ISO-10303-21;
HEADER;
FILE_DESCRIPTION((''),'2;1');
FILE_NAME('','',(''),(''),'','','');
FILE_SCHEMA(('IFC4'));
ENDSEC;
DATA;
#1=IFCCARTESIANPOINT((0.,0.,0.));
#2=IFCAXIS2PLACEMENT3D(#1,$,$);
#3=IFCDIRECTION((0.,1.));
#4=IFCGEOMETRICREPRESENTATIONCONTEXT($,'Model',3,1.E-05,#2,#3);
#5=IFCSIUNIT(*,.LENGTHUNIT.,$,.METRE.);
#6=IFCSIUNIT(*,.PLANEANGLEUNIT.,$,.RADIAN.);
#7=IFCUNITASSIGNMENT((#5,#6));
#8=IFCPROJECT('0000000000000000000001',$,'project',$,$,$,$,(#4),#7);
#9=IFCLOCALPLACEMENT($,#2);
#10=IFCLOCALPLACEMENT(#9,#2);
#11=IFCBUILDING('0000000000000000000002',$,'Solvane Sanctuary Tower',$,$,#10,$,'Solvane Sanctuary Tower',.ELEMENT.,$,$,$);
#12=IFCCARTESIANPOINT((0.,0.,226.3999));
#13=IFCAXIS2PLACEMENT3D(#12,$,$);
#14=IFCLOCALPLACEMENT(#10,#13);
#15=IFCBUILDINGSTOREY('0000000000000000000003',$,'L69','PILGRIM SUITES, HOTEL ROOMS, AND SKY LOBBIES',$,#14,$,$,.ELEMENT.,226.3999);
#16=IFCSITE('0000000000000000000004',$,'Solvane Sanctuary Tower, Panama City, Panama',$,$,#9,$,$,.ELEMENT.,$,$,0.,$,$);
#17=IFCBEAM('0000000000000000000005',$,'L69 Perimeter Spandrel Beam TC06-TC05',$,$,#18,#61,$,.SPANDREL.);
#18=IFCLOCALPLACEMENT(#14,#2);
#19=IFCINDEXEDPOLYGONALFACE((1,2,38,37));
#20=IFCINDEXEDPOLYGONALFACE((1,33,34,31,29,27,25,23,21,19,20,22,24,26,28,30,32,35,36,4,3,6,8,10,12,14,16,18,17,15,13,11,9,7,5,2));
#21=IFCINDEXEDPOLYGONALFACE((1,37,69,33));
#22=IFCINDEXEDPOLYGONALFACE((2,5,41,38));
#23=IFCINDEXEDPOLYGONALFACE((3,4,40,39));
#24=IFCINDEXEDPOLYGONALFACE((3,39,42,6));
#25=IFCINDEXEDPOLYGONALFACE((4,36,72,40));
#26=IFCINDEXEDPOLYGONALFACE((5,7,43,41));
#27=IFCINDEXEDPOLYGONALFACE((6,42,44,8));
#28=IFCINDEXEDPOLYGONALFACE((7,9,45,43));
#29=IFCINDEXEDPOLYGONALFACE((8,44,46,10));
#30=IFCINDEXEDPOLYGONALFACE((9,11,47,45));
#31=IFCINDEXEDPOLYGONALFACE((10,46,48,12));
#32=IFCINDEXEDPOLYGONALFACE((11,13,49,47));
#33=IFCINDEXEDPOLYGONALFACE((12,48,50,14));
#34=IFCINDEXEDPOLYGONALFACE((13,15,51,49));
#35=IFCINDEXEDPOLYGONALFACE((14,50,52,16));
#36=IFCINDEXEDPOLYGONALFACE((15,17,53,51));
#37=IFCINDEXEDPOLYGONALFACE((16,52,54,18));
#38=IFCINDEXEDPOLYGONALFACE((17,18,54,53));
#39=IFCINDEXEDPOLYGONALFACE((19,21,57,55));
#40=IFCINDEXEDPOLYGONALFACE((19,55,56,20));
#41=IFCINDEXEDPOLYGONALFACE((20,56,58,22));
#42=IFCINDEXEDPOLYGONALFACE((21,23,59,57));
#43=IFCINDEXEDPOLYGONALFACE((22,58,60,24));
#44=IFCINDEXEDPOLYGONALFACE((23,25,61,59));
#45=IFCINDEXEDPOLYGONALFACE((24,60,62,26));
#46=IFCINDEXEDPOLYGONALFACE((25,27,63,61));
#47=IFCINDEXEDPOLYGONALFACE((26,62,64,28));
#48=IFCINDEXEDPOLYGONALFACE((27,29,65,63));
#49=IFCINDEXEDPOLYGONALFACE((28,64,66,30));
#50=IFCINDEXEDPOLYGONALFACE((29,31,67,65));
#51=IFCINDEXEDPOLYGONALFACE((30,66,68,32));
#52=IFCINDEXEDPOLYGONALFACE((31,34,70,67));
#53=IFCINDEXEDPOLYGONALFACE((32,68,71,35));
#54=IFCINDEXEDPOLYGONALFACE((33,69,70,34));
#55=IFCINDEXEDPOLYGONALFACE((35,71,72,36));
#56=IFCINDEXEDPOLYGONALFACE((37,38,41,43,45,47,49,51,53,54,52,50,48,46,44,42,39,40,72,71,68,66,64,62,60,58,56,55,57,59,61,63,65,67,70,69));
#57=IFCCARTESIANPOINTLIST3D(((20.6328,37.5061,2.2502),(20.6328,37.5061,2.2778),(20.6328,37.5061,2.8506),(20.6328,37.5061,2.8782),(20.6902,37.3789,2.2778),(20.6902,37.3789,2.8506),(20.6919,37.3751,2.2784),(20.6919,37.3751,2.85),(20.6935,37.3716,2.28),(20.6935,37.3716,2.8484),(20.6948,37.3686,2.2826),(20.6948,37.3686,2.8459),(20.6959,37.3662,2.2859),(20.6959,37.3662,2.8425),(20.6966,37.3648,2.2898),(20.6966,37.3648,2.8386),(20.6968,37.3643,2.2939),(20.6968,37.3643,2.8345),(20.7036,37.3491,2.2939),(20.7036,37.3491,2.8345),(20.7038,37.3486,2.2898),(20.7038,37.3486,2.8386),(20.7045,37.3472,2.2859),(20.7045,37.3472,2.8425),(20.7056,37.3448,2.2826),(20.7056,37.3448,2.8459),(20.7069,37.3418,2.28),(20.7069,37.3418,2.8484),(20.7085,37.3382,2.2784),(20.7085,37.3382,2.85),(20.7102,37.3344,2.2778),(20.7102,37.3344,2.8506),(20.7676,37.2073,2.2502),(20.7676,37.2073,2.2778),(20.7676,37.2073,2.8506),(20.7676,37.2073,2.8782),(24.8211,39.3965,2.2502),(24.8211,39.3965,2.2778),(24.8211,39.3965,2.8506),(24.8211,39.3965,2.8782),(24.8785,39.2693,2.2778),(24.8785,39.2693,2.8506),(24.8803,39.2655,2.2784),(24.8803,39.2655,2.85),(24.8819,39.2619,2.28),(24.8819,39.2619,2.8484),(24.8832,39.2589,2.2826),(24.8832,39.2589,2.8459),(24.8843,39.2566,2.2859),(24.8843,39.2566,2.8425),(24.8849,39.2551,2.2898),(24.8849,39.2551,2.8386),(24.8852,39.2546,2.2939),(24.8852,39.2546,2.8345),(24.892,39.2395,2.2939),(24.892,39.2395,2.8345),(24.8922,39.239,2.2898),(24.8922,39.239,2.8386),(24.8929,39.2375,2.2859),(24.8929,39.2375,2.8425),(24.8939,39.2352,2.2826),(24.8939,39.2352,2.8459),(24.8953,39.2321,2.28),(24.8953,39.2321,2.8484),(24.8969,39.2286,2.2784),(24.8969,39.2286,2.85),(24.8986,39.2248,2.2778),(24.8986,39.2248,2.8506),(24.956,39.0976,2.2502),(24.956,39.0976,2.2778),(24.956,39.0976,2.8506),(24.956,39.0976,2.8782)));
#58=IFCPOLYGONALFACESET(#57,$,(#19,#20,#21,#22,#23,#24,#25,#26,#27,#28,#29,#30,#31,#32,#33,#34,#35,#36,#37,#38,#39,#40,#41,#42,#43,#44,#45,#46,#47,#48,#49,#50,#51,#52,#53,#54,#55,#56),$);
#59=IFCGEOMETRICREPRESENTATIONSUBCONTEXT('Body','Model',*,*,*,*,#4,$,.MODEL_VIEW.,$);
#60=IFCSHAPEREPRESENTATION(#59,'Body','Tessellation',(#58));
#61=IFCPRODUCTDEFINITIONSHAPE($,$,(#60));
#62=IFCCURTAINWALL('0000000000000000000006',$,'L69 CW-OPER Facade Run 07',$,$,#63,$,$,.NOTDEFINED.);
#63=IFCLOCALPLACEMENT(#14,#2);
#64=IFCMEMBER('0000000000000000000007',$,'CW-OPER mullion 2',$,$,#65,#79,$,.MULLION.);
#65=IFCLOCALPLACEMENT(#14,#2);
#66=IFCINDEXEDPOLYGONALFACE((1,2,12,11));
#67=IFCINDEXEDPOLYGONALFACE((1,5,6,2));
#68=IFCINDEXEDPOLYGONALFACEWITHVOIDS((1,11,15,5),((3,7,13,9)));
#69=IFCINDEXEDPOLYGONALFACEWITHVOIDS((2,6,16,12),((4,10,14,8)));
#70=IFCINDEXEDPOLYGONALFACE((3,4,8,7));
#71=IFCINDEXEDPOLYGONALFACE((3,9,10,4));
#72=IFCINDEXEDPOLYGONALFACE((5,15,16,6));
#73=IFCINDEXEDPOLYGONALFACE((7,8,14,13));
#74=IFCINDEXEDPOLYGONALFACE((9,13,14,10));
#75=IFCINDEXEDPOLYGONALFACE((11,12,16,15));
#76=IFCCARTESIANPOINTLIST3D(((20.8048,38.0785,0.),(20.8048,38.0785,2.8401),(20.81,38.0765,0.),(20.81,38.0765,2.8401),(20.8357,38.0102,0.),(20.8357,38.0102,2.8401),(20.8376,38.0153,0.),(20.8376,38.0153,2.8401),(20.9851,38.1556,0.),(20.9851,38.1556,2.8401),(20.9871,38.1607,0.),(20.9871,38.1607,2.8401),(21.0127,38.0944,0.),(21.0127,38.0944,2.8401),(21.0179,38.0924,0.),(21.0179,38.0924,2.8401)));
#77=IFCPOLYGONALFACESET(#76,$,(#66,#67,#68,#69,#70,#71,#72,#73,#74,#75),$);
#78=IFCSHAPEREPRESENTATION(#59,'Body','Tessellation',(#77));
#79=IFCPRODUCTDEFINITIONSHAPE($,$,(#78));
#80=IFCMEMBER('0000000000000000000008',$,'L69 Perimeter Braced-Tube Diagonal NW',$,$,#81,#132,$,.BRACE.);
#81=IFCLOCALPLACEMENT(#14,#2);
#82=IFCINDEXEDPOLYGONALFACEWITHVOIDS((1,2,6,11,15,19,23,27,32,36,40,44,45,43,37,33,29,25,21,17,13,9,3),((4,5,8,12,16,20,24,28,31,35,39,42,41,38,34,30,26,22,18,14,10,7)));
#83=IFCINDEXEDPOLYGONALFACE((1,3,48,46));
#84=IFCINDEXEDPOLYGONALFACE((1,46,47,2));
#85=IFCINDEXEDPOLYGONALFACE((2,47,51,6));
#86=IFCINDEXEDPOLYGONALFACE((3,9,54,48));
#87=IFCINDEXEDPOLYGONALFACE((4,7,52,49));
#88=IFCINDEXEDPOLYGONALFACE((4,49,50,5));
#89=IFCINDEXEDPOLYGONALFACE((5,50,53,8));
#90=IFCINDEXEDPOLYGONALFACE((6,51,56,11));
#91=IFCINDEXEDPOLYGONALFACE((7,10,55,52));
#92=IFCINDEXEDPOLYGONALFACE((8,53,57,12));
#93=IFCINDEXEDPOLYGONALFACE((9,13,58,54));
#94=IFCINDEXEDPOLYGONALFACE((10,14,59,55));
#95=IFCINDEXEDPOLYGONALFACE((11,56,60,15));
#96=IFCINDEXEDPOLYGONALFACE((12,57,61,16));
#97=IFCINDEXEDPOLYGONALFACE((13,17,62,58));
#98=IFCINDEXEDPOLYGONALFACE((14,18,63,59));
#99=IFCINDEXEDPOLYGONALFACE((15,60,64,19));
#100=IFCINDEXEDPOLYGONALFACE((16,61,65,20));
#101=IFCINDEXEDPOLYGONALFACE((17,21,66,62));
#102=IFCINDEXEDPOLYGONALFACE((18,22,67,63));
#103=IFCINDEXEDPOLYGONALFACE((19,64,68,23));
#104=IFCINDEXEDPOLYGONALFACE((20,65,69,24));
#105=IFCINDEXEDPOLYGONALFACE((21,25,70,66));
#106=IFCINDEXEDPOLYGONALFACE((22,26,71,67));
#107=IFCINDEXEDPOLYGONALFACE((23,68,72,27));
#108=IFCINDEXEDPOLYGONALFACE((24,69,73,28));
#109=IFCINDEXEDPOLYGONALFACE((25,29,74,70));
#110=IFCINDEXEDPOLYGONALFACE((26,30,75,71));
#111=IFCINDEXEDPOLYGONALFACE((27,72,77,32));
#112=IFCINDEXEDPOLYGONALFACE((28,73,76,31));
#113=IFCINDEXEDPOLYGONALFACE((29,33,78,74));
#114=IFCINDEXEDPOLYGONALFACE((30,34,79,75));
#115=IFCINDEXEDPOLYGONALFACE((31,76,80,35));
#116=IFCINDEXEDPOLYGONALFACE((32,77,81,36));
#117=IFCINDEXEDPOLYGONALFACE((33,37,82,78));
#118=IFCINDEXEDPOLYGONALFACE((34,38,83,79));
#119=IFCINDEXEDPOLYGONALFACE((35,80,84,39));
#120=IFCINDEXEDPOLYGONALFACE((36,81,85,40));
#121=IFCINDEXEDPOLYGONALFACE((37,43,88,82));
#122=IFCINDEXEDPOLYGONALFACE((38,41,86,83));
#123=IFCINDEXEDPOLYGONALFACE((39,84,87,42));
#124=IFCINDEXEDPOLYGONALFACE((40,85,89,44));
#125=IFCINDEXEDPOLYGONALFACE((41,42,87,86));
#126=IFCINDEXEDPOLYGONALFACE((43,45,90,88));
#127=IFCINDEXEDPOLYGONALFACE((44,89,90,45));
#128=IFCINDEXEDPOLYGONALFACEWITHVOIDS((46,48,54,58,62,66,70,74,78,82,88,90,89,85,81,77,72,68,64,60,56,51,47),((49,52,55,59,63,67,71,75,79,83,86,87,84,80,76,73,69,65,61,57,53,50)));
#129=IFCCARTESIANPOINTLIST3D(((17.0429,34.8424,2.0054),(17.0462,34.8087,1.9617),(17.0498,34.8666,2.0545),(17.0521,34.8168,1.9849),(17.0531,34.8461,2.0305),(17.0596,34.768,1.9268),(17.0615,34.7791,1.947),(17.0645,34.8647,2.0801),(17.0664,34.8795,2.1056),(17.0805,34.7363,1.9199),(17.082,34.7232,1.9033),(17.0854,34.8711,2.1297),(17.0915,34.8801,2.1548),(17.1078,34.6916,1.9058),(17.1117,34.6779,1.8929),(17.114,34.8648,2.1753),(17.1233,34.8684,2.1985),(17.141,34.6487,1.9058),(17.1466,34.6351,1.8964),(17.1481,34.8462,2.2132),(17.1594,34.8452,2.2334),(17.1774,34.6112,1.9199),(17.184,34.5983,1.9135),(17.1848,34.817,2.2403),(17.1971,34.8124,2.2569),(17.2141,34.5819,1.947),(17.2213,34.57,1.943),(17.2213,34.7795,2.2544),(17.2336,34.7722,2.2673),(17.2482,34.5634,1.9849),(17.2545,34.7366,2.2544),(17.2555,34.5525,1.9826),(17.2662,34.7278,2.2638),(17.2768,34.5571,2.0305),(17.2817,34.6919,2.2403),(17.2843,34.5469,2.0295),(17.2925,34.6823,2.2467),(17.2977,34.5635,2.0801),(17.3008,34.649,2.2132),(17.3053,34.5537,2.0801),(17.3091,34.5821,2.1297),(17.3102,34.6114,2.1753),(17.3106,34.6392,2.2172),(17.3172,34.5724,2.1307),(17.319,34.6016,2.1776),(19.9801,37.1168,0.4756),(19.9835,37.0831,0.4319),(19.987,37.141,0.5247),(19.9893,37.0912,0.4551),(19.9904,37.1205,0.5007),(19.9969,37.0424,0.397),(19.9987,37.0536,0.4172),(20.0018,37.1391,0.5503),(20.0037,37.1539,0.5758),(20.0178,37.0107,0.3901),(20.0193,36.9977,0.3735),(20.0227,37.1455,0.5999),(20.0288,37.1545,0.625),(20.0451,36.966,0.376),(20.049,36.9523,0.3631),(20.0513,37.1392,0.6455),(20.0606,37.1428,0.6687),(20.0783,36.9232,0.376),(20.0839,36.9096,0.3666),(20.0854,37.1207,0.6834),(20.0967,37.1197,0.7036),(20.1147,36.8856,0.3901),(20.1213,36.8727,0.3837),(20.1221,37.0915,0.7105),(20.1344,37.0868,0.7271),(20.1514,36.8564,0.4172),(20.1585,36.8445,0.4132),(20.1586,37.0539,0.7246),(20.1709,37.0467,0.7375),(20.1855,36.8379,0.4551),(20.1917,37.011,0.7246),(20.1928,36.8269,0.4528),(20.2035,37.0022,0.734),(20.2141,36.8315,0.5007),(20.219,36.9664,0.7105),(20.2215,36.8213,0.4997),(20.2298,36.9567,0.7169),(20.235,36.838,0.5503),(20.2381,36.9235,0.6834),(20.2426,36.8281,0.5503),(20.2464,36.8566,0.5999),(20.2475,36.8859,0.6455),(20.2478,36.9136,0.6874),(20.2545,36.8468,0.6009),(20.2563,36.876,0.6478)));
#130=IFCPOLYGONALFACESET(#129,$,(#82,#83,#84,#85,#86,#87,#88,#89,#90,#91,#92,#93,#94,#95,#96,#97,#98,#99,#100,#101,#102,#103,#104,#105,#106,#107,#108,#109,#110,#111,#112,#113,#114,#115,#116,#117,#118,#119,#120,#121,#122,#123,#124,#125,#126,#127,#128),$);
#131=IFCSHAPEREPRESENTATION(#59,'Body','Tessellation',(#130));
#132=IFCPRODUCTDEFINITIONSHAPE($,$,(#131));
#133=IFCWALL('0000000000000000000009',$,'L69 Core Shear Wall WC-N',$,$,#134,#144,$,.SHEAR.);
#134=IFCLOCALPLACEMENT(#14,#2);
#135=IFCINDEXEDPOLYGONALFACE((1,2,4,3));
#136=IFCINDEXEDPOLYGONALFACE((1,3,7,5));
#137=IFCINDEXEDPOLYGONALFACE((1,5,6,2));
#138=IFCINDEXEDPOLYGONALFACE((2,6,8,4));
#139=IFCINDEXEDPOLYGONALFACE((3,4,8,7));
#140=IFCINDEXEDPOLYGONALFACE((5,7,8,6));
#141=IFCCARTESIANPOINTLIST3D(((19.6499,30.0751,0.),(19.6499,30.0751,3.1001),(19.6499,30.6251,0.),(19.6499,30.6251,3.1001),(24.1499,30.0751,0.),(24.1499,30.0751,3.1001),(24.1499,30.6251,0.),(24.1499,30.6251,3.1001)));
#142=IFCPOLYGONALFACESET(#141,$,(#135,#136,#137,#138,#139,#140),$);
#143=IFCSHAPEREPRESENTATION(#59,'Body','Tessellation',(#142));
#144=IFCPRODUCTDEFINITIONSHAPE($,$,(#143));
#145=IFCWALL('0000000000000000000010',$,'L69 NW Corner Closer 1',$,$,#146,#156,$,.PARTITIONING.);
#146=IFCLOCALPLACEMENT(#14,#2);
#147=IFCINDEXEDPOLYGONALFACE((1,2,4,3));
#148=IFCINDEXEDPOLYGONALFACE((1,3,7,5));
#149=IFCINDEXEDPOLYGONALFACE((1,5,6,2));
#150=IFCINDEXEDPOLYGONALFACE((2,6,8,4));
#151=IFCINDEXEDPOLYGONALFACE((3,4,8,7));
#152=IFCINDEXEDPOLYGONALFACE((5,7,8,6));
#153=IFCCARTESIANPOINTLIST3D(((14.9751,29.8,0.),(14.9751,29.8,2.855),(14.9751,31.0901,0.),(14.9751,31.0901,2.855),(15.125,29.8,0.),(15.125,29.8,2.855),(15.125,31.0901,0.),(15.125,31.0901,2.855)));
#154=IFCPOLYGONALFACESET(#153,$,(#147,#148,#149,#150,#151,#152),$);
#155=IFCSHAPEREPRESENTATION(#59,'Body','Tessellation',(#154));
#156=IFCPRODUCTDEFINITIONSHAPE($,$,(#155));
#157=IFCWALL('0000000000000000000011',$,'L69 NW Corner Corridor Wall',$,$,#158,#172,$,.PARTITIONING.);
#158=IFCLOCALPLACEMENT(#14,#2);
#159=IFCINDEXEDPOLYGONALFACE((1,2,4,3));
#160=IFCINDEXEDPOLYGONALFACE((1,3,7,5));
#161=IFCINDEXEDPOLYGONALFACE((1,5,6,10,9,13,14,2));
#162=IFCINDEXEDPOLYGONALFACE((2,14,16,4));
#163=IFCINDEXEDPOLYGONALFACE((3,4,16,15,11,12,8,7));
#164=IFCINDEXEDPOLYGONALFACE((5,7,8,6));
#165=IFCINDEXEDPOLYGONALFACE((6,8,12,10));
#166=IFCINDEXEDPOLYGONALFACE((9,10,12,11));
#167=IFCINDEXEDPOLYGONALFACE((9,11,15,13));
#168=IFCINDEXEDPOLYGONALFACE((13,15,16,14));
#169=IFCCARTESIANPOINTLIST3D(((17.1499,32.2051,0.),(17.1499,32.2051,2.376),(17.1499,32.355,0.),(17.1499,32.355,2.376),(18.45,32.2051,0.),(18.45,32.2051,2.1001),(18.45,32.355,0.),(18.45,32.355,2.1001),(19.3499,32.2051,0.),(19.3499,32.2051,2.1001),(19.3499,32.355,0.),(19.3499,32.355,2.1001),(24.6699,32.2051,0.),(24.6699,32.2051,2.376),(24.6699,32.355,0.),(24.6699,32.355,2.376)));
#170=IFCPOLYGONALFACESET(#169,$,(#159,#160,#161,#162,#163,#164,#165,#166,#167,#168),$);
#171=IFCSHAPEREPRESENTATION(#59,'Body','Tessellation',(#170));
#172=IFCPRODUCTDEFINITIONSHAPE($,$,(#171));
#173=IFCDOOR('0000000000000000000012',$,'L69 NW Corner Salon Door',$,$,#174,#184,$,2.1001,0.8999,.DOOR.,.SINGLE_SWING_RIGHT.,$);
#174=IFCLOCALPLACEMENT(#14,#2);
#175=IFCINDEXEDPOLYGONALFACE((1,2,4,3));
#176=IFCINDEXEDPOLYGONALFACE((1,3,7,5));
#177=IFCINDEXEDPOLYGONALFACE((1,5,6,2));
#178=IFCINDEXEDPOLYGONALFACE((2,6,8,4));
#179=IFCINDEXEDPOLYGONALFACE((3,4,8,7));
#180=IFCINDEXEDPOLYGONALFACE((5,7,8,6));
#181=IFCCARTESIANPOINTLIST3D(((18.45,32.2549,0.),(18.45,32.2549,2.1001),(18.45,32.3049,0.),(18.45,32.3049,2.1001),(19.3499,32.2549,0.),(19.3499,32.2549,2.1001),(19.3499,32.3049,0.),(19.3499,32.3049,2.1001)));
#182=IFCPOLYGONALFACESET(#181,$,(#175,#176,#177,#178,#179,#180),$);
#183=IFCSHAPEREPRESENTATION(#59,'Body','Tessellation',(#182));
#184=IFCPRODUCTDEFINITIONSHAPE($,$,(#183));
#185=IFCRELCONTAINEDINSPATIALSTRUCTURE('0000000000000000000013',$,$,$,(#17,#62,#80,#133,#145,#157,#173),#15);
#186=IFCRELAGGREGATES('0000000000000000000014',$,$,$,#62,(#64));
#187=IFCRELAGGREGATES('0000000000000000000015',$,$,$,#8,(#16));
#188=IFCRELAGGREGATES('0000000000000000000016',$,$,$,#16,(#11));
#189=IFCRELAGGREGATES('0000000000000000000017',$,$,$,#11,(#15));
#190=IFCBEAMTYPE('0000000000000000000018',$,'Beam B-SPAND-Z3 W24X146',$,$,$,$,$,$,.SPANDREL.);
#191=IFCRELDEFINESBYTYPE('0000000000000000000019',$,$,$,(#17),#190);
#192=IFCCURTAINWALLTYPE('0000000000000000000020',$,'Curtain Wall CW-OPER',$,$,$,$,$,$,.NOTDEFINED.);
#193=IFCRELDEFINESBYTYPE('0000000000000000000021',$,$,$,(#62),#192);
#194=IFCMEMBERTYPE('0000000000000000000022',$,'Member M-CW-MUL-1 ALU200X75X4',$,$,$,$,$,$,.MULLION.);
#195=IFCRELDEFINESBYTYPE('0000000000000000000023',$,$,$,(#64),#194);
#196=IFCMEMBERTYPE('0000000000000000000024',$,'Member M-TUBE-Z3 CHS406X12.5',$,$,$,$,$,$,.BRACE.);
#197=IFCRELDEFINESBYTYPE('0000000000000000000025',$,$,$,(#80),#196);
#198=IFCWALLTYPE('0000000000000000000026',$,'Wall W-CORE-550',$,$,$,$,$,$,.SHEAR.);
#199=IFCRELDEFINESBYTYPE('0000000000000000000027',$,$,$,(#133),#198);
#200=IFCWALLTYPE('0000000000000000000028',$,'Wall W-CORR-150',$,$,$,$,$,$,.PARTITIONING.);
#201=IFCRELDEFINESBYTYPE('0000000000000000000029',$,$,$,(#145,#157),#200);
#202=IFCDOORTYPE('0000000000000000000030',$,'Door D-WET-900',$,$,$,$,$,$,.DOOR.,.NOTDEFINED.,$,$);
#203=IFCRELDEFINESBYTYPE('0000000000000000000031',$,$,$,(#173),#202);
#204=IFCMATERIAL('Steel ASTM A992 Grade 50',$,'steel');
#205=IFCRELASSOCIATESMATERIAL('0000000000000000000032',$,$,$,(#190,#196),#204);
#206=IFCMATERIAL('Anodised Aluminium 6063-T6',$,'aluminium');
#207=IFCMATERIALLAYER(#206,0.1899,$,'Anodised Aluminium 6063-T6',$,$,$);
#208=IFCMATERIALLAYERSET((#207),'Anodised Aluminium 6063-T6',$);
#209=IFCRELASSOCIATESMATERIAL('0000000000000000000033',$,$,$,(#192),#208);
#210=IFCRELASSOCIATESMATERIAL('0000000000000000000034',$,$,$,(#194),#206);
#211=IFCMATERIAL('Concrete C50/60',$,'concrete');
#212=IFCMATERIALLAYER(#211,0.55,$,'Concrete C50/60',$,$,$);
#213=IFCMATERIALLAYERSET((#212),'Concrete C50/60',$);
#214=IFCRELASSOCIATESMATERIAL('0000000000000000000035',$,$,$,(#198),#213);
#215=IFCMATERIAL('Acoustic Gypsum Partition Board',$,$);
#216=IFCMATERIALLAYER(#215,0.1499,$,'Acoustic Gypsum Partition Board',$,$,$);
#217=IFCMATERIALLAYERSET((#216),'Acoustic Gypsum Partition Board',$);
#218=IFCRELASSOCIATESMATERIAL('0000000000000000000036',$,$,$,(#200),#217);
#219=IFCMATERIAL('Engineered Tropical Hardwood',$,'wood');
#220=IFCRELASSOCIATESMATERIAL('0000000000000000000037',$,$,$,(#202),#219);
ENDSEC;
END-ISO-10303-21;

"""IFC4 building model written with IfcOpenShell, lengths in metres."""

from ifc_helpers import new_model, si_unit, direction, frame, frame_2d, origin, origin_2d, place, context, subcontext, project, spatial, rectangle, hollow_rectangle, hollow_circle, i_section, extrude, material, layer, layer_set, material_profile, profile_set, type_object, element, fill, aggregate, save


model = new_model("IFC4")

# Units and contexts
model_context = context("Model", 3, precision=1e-05, world=origin(), true_north=direction((0.0, 1.0)))
body_context = subcontext(model_context, "Body", "Model", "MODEL_VIEW")
ifc_project = project(units=[si_unit("LENGTHUNIT", "METRE"), si_unit("PLANEANGLEUNIT", "RADIAN")], contexts=[model_context])

# Site, building, storey
site_placement = place(None, origin())
site = spatial("IfcSite", under=ifc_project, at=site_placement, Name="Solvane Sanctuary Tower, Panama City, Panama", CompositionType="ELEMENT", RefElevation=0.0)
building_placement = place(site_placement, origin())
building = spatial("IfcBuilding", under=site, at=building_placement, Name="Solvane Sanctuary Tower", LongName="Solvane Sanctuary Tower", CompositionType="ELEMENT")
storey_placement = place(building_placement, frame((0.0, 0.0, 226.3999)))
storey = spatial("IfcBuildingStorey", under=building, at=storey_placement, Name="L69", Description="PILGRIM SUITES, HOTEL ROOMS, AND SKY LOBBIES", CompositionType="ELEMENT", Elevation=226.3999)

# Shared definitions
ifc_material_1 = material(Name="Concrete C50/60", Category="concrete")

# Beam
ifc_material_2 = material(Name="Steel ASTM A992 Grade 50", Category="steel")
ifc_material_profile_1 = material_profile(ifc_material_2, i_section(OverallWidth=0.3279, OverallDepth=0.6279, WebThickness=0.0166, FlangeThickness=0.0276, FilletRadius=0.0161, at=origin_2d()), Name="W24X146")
ifc_profile_set_1 = profile_set([ifc_material_profile_1], Name="Steel ASTM A992 Grade 50")
beam_type_1 = type_object("IfcBeamType", Name="Beam B-SPAND-Z3 W24X146", PredefinedType="SPANDREL", material=ifc_profile_set_1)
beam_1_placement = place(storey_placement, frame((20.7002, 37.3567, 2.5642), z_axis=(0.911468, 0.411372, 0.0), x_axis=(-0.411372, 0.911468, 0.0)))
element("IfcBeam", 1, at=beam_1_placement, inside=storey, type_object=beam_type_1, Name="L69 Perimeter Spandrel Beam TC06-TC05", PredefinedType="SPANDREL", context=body_context, shape_type="SweptSolid", body=[
    extrude(i_section(OverallWidth=0.3279, OverallDepth=0.6279, WebThickness=0.0166, FlangeThickness=0.0276, FilletRadius=0.0161, at=origin_2d()), origin(), (0.0, 0.0, 1.0), 4.5952),
])

# Curtain wall, member
ifc_material_3 = material(Name="Anodised Aluminium 6063-T6", Category="aluminium")
ifc_layer_1 = layer(ifc_material_3, 0.1899, Name="Anodised Aluminium 6063-T6")
ifc_layer_set_1 = layer_set([ifc_layer_1], Name="Anodised Aluminium 6063-T6")
curtain_wall_type = type_object("IfcCurtainWallType", Name="Curtain Wall CW-OPER", PredefinedType="NOTDEFINED", material=ifc_layer_set_1)
curtain_wall_placement = place(storey_placement, origin())
curtain_wall = element("IfcCurtainWall", 2, at=curtain_wall_placement, inside=storey, type_object=curtain_wall_type, Name="L69 CW-OPER Facade Run 07", PredefinedType="NOTDEFINED")
ifc_material_profile_2 = material_profile(ifc_material_3, hollow_rectangle(XDim=0.075, YDim=0.2, WallThickness=0.0039, at=origin_2d()), Name="ALU200X75X4")
ifc_profile_set_2 = profile_set([ifc_material_profile_2], Name="Anodised Aluminium 6063-T6")
member_type_1 = type_object("IfcMemberType", Name="Member M-CW-MUL-1 ALU200X75X4", PredefinedType="MULLION", material=ifc_profile_set_2)
member_1_placement = place(storey_placement, frame((20.9114, 38.0854, 0.0), z_axis=(0.0, 0.0, 1.0), x_axis=(0.411471, -0.911423, 0.0)))
member_1 = element("IfcMember", 3, at=member_1_placement, type_object=member_type_1, Name="CW-OPER mullion 2", PredefinedType="MULLION", context=body_context, shape_type="SweptSolid", body=[
    extrude(hollow_rectangle(XDim=0.075, YDim=0.2, WallThickness=0.0039, at=origin_2d()), origin(), (0.0, 0.0, 1.0), 2.8401),
])
aggregate(curtain_wall, [member_1])

# Member
ifc_material_profile_3 = material_profile(ifc_material_2, hollow_circle(Radius=0.2029, WallThickness=0.0125, at=origin_2d()), Name="CHS406X12.5")
ifc_profile_set_3 = profile_set([ifc_material_profile_3], Name="Steel ASTM A992 Grade 50")
member_type_2 = type_object("IfcMemberType", Name="Member M-TUBE-Z3 CHS406X12.5", PredefinedType="BRACE", material=ifc_profile_set_3)
member_2_placement = place(storey_placement, frame((20.1184, 36.9885, 0.5503), z_axis=(-0.731107, -0.56612, 0.380776), x_axis=(0.612242, -0.79067, 0.0)))
element("IfcMember", 4, at=member_2_placement, inside=storey, type_object=member_type_2, Name="L69 Perimeter Braced-Tube Diagonal NW", PredefinedType="BRACE", context=body_context, shape_type="SweptSolid", body=[
    extrude(hollow_circle(Radius=0.2029, WallThickness=0.0125, at=origin_2d()), origin(), (0.0, 0.0, 1.0), 4.0176),
])

# Walls
ifc_layer_2 = layer(ifc_material_1, 0.55, Name="Concrete C50/60")
ifc_layer_set_2 = layer_set([ifc_layer_2], Name="Concrete C50/60")
wall_type_1 = type_object("IfcWallType", Name="Wall W-CORE-550", PredefinedType="SHEAR", material=ifc_layer_set_2)
wall_1_placement = place(storey_placement, frame((19.6499, 30.3501, 0.0), z_axis=(0.0, 0.0, 1.0), x_axis=(1.0, 0.0, 0.0)))
element("IfcWall", 5, at=wall_1_placement, inside=storey, type_object=wall_type_1, Name="L69 Core Shear Wall WC-N", PredefinedType="SHEAR", context=body_context, shape_type="SweptSolid", body=[
    extrude(rectangle(XDim=4.5, YDim=0.55, at=frame_2d((2.25, 0.0))), origin(), (0.0, 0.0, 1.0), 3.1001),
])
ifc_material_4 = material(Name="Acoustic Gypsum Partition Board")
ifc_layer_3 = layer(ifc_material_4, 0.1499, Name="Acoustic Gypsum Partition Board")
ifc_layer_set_3 = layer_set([ifc_layer_3], Name="Acoustic Gypsum Partition Board")
wall_type_2 = type_object("IfcWallType", Name="Wall W-CORR-150", PredefinedType="PARTITIONING", material=ifc_layer_set_3)
wall_2_placement = place(storey_placement, frame((15.05, 29.8, 0.0), z_axis=(0.0, 0.0, 1.0), x_axis=(0.0, 1.0, 0.0)))
element("IfcWall", 6, at=wall_2_placement, inside=storey, type_object=wall_type_2, Name="L69 NW Corner Closer 1", PredefinedType="PARTITIONING", context=body_context, shape_type="SweptSolid", body=[
    extrude(rectangle(XDim=1.29, YDim=0.1499, at=frame_2d((0.645, 0.0))), origin(), (0.0, 0.0, 1.0), 2.855),
])

# Wall, opening, door
wall_3_placement = place(storey_placement, frame((17.1499, 32.28, 0.0), z_axis=(0.0, 0.0, 1.0), x_axis=(1.0, 0.0, 0.0)))
wall_3 = element("IfcWall", 7, at=wall_3_placement, inside=storey, type_object=wall_type_2, Name="L69 NW Corner Corridor Wall", PredefinedType="PARTITIONING", context=body_context, shape_type="SweptSolid", body=[
    extrude(rectangle(XDim=7.52, YDim=0.1499, at=frame_2d((3.76, 0.0))), origin(), (0.0, 0.0, 1.0), 2.376),
])
opening_1_placement = place(wall_3_placement, frame((1.3, 0.0, 0.0)))
opening_1 = element("IfcOpeningElement", 8, at=opening_1_placement, cuts=wall_3, PredefinedType="OPENING", context=body_context, shape_type="SweptSolid", body=[
    extrude(rectangle(XDim=0.8999, YDim=2.1001, at=frame_2d((0.45, 1.05))), frame((0.0, 0.085, 0.0), z_axis=(0.0, -1.0, 0.0), x_axis=(1.0, 0.0, 0.0)), (0.0, 0.0, 1.0), 0.1699),
])
ifc_material_5 = material(Name="Engineered Tropical Hardwood", Category="wood")
door_type_1 = type_object("IfcDoorType", Name="Door D-WET-900", OperationType="NOTDEFINED", PredefinedType="DOOR", material=ifc_material_5)
door_1_placement = place(opening_1_placement, origin())
door_1 = element("IfcDoor", 9, at=door_1_placement, inside=storey, type_object=door_type_1, Name="L69 NW Corner Salon Door", OperationType="SINGLE_SWING_RIGHT", OverallHeight=2.1001, OverallWidth=0.8999, PredefinedType="DOOR", context=body_context, shape_type="SweptSolid", body=[
    extrude(rectangle(XDim=0.8999, YDim=2.1001, at=frame_2d((0.45, 1.05))), frame((0.0, 0.0249, 0.0), z_axis=(0.0, -1.0, 0.0), x_axis=(1.0, 0.0, 0.0)), (0.0, 0.0, 1.0), 0.05),
])
fill(opening_1, door_1)

save(model, "model.ifc")
